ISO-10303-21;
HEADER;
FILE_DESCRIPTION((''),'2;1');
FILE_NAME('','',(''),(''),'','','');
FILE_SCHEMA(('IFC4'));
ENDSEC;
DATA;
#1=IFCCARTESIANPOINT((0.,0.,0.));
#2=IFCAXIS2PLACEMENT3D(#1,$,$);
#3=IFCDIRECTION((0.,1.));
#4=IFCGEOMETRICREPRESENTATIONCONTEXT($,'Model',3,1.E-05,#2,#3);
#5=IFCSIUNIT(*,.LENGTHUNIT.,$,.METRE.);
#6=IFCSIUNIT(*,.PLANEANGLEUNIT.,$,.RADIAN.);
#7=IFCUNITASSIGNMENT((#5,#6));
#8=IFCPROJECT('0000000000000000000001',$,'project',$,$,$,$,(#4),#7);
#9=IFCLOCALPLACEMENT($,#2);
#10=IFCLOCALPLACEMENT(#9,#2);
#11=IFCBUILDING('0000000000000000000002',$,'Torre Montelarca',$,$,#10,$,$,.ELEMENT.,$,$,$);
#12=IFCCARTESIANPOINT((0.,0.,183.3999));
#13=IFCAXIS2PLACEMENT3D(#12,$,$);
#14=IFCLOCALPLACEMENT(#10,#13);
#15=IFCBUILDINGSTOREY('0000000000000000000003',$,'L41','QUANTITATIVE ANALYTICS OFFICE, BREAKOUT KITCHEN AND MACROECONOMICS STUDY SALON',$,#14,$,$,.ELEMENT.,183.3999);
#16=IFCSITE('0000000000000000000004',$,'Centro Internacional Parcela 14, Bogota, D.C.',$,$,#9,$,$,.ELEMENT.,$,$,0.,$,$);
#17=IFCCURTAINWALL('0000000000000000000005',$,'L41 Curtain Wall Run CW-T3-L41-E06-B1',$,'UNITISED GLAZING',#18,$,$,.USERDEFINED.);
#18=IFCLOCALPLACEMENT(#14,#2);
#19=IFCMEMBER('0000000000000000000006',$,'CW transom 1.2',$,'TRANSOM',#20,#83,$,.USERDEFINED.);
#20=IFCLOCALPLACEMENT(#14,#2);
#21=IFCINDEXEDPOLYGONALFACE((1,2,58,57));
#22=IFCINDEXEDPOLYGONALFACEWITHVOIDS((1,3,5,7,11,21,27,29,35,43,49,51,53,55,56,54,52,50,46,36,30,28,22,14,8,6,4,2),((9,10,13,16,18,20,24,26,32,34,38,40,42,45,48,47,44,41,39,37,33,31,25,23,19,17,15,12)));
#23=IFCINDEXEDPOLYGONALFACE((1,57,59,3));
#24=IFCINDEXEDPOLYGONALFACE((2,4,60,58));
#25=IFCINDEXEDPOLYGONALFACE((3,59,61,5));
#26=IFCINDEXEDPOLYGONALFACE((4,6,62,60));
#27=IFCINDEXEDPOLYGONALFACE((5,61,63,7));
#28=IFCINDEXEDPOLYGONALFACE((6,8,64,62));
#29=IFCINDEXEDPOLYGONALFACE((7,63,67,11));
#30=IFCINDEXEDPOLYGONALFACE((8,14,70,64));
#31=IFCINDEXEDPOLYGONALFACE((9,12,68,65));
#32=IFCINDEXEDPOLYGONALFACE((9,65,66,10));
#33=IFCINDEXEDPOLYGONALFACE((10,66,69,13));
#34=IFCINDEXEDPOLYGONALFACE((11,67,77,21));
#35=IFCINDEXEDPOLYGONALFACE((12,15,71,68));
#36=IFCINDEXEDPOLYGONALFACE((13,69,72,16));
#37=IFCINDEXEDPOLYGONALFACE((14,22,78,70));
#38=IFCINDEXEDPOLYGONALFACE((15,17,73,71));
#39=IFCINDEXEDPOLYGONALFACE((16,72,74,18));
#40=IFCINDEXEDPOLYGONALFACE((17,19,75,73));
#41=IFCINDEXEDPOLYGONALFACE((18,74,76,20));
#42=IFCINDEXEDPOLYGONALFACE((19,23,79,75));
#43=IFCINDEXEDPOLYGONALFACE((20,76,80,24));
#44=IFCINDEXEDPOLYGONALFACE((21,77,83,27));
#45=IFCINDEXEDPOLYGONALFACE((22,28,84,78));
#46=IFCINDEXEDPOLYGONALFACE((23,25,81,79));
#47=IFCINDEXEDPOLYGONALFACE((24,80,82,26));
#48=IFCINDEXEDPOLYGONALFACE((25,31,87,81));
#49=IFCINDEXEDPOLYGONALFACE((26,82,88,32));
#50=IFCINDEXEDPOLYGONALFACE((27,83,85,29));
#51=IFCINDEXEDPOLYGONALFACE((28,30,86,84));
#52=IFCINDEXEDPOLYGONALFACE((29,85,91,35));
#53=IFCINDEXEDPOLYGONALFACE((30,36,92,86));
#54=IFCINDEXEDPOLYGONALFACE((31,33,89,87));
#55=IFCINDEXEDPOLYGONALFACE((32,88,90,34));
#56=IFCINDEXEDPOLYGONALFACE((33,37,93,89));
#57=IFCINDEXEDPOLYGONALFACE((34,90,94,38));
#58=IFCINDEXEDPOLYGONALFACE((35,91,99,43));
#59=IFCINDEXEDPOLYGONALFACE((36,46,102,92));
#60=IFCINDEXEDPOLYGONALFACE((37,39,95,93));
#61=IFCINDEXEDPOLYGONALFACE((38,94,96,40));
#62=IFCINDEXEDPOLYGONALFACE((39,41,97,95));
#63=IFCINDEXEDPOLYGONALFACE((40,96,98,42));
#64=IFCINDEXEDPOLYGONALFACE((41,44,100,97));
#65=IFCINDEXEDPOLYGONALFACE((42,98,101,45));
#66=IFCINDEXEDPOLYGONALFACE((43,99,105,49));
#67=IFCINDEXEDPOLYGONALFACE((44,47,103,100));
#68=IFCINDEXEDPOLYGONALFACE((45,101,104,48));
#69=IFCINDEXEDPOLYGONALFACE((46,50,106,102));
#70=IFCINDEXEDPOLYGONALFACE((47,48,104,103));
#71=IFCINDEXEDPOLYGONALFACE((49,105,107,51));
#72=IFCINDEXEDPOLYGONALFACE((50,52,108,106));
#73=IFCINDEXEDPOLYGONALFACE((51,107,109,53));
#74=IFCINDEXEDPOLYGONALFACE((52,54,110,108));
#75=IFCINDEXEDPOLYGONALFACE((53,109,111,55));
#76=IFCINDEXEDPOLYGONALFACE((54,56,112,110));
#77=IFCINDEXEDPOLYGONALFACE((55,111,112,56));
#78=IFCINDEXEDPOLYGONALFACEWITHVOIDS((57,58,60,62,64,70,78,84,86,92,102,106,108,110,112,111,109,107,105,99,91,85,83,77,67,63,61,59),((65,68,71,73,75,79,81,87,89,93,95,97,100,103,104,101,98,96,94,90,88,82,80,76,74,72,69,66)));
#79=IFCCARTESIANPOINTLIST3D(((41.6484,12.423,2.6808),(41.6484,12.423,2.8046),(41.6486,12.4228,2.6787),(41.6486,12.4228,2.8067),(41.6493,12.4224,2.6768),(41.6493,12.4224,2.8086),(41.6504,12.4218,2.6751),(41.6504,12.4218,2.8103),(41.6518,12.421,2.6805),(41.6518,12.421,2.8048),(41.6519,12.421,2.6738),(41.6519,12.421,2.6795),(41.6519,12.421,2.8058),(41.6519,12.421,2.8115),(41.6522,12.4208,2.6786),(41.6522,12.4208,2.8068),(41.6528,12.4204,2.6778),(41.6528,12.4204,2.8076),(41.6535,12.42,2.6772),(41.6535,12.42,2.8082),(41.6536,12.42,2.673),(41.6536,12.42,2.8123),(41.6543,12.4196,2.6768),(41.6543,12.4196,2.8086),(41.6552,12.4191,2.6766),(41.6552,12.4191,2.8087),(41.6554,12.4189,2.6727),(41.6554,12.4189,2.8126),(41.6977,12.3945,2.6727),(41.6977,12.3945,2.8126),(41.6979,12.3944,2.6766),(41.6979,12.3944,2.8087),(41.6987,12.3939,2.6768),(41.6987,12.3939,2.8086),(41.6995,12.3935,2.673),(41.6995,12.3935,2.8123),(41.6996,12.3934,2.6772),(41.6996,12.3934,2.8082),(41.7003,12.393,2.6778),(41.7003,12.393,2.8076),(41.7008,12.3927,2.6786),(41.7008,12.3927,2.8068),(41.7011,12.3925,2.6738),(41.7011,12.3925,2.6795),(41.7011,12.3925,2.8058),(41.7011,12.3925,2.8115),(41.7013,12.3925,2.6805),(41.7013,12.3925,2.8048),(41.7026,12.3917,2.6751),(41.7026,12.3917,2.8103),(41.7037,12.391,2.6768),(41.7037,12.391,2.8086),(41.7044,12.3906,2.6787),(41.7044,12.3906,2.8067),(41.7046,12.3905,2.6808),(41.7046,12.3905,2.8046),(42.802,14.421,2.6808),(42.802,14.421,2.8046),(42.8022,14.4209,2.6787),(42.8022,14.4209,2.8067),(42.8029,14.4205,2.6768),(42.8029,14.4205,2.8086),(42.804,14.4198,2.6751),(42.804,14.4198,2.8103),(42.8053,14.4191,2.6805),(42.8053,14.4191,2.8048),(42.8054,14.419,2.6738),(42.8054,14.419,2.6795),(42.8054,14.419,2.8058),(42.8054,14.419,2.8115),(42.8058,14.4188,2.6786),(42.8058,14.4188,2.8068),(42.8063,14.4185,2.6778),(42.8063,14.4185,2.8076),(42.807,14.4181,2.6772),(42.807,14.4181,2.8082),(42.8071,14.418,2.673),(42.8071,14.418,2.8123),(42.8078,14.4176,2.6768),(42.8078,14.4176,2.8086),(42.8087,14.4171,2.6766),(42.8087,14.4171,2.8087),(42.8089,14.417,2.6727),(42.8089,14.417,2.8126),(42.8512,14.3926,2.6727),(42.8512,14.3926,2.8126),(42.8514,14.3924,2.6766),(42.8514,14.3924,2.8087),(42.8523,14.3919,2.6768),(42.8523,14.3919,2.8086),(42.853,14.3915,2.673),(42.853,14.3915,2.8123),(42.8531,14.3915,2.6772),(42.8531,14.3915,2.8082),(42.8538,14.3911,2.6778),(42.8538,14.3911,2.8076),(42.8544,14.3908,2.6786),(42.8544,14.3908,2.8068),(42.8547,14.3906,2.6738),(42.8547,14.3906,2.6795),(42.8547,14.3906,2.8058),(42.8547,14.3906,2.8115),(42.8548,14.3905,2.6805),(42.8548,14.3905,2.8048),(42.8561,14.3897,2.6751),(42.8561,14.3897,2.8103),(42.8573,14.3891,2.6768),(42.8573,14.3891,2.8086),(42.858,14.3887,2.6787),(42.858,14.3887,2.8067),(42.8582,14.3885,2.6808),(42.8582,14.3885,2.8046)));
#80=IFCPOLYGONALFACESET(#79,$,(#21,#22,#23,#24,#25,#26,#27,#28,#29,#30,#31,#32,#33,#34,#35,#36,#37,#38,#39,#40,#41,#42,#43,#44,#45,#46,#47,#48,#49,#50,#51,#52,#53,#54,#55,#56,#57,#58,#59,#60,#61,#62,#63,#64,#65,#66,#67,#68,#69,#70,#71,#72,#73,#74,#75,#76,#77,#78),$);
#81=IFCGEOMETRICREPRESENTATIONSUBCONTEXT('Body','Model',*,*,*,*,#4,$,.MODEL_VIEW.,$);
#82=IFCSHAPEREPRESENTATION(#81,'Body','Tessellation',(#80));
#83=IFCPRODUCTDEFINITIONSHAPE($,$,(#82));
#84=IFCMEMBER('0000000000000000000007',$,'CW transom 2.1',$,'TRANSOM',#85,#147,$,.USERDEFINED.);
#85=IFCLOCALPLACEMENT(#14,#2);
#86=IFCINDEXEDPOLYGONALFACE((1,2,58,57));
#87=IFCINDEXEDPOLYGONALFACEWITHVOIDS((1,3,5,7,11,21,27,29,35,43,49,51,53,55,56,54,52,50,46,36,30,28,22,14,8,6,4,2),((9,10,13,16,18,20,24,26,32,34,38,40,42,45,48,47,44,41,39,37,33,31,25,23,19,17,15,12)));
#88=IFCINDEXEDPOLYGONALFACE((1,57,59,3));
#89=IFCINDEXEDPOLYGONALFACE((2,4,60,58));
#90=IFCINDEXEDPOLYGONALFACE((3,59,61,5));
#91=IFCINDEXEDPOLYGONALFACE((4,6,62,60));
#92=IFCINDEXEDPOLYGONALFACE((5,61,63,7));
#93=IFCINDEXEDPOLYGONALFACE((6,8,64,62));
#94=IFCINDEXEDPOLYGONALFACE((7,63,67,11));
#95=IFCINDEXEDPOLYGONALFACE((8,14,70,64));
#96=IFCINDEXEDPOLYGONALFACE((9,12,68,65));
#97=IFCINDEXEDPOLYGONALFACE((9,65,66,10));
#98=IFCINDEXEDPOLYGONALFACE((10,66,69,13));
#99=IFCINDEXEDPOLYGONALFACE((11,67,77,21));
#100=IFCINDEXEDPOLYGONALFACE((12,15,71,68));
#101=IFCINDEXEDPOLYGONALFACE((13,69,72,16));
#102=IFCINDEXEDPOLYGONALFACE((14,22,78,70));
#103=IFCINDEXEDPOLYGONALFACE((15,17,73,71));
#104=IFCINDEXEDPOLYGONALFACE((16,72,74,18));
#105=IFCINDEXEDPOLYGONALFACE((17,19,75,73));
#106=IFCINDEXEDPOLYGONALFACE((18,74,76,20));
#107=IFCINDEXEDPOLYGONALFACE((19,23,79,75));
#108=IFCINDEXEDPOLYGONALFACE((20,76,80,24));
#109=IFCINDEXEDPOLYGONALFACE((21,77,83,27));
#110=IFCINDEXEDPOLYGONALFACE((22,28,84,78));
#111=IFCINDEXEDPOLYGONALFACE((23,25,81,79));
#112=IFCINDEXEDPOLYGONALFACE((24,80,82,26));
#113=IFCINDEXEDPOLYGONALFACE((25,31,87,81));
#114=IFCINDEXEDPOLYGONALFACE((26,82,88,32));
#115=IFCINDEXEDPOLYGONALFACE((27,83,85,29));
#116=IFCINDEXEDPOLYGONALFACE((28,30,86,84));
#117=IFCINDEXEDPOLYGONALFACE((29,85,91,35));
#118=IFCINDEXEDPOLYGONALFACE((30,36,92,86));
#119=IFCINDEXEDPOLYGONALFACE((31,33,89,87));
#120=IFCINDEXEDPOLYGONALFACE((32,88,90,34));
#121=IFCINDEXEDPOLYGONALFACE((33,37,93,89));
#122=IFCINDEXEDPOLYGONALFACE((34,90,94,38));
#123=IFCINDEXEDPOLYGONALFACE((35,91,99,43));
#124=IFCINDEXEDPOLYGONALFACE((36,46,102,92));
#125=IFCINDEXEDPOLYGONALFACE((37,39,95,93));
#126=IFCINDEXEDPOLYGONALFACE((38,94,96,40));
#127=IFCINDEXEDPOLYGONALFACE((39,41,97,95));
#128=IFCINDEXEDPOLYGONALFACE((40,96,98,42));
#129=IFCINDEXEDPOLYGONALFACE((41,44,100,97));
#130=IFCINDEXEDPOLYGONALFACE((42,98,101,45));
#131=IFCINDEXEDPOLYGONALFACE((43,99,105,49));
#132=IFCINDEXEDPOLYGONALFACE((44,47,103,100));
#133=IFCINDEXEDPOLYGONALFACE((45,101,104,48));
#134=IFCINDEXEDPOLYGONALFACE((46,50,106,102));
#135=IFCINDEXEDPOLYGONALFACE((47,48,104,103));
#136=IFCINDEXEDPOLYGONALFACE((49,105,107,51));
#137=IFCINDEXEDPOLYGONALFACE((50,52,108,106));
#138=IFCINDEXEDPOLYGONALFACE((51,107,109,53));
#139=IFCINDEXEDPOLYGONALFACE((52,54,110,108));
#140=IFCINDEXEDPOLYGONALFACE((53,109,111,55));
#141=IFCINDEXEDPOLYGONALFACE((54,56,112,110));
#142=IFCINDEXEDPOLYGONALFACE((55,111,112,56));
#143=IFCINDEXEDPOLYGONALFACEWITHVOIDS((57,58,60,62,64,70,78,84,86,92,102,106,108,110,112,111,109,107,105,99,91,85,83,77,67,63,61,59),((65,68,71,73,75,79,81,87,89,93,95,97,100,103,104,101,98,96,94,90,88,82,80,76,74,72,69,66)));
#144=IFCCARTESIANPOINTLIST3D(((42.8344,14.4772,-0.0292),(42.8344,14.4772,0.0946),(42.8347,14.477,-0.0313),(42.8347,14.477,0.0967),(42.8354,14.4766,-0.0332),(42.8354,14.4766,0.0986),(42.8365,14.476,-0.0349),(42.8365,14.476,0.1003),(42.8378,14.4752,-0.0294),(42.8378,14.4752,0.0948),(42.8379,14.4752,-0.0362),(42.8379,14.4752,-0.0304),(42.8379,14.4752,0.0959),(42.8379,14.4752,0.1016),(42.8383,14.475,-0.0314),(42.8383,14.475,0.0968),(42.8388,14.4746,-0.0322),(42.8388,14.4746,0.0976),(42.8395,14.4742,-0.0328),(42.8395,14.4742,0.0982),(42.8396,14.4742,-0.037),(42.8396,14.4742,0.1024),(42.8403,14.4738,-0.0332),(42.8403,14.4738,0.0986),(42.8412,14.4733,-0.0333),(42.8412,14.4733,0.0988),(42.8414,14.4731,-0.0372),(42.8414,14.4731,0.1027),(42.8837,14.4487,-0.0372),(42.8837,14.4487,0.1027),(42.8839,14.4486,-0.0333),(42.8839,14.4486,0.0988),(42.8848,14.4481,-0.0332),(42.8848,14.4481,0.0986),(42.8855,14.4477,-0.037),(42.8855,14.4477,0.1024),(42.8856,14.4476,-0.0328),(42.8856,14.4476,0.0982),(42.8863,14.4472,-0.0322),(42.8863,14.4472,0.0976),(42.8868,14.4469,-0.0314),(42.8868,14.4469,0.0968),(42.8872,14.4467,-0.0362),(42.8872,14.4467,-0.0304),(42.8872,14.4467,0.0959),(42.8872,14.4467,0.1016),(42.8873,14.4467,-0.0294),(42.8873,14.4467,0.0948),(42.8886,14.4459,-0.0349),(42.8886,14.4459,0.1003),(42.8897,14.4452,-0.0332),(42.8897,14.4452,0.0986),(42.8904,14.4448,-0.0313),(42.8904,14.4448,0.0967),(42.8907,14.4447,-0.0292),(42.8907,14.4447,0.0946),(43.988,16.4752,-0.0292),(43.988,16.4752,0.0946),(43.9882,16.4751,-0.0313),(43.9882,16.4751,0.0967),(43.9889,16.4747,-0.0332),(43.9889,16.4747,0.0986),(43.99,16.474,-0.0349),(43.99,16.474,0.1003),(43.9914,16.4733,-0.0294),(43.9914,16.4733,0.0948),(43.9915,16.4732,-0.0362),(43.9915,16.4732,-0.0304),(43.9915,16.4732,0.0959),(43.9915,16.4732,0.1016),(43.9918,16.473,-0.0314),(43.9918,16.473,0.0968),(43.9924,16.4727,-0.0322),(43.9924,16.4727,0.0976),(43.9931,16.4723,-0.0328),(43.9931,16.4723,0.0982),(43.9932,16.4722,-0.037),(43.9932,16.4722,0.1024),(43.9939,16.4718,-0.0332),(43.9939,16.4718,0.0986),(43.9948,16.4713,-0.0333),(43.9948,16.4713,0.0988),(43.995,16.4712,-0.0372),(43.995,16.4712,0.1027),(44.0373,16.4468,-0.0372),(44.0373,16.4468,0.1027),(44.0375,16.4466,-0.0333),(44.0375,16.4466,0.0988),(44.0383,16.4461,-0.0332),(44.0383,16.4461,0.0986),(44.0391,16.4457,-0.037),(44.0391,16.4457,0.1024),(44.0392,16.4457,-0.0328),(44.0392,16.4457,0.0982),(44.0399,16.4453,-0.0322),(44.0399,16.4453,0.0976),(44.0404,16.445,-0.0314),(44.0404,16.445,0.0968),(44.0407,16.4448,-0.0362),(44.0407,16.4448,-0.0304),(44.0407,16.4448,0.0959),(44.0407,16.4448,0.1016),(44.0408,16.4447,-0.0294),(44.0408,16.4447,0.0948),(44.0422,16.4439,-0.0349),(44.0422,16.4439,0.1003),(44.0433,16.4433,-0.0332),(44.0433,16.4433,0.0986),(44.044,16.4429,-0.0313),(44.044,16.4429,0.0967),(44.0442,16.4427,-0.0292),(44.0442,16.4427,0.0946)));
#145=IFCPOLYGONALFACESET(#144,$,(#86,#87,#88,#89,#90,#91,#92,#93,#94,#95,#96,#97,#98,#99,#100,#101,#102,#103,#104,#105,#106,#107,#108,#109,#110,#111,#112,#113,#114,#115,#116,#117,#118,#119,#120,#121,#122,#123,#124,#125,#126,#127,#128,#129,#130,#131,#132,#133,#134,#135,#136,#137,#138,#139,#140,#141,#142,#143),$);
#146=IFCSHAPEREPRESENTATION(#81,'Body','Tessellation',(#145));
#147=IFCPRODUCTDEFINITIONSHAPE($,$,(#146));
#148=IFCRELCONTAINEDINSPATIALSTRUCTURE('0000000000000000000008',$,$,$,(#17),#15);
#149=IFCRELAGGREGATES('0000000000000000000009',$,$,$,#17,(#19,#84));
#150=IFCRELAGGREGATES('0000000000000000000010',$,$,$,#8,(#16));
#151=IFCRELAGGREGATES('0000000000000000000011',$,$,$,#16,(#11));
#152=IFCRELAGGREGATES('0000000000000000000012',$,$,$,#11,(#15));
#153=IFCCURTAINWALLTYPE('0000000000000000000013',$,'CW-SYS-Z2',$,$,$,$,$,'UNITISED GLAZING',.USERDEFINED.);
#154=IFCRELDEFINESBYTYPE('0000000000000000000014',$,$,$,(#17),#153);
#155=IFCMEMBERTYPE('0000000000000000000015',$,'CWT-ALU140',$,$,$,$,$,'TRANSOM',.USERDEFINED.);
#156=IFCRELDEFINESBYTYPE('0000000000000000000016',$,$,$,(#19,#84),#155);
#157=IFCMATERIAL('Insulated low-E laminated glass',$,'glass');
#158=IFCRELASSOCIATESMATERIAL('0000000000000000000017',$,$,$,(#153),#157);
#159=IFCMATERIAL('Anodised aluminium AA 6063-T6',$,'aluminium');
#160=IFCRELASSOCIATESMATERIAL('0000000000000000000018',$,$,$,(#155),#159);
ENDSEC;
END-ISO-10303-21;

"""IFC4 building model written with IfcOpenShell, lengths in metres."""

from ifc_helpers import new_model, si_unit, direction, frame, origin, origin_2d, place, context, subcontext, project, spatial, hollow_rectangle, extrude, source, transform, mapped, material, material_profile, profile_set, type_object, element, aggregate, save


model = new_model("IFC4")

# Units and contexts
model_context = context("Model", 3, precision=1e-05, world=origin(), true_north=direction((0.0, 1.0)))
body_context = subcontext(model_context, "Body", "Model", "MODEL_VIEW")
ifc_project = project(units=[si_unit("LENGTHUNIT", "METRE"), si_unit("PLANEANGLEUNIT", "RADIAN")], contexts=[model_context])

# Site, building, storey
site_placement = place(None, origin())
site = spatial("IfcSite", under=ifc_project, at=site_placement, Name="Centro Internacional Parcela 14, Bogota, D.C.", CompositionType="ELEMENT", RefElevation=0.0)
building_placement = place(site_placement, origin())
building = spatial("IfcBuilding", under=site, at=building_placement, Name="Torre Montelarca", CompositionType="ELEMENT")
storey_placement = place(building_placement, frame((0.0, 0.0, 183.3999)))
storey = spatial("IfcBuildingStorey", under=building, at=storey_placement, Name="L41", Description="QUANTITATIVE ANALYTICS OFFICE, BREAKOUT KITCHEN AND MACROECONOMICS STUDY SALON", CompositionType="ELEMENT", Elevation=183.3999)

# Curtain wall
ifc_material_1 = material(Name="Insulated low-E laminated glass", Category="glass")
curtain_wall_type = type_object("IfcCurtainWallType", Name="CW-SYS-Z2", ElementType="UNITISED GLAZING", PredefinedType="USERDEFINED", material=ifc_material_1)
curtain_wall_1_placement = place(storey_placement, origin())
curtain_wall_1 = element("IfcCurtainWall", 1, at=curtain_wall_1_placement, inside=storey, type_object=curtain_wall_type, Name="L41 Curtain Wall Run CW-T3-L41-E06-B1", ObjectType="UNITISED GLAZING", PredefinedType="USERDEFINED")
ifc_material_2 = material(Name="Anodised aluminium AA 6063-T6", Category="aluminium")

# Members
ifc_material_profile_1 = material_profile(ifc_material_2, hollow_rectangle(XDim=0.0649, YDim=0.1399, WallThickness=0.0039, InnerFilletRadius=0.0039, OuterFilletRadius=0.0081, at=origin_2d()), Name="ALU65X140X4", Category="aluminium")
ifc_profile_set_1 = profile_set([ifc_material_profile_1], Name="Anodised aluminium AA 6063-T6")
member_type_1 = type_object("IfcMemberType", Name="CWT-ALU140", ElementType="TRANSOM", PredefinedType="USERDEFINED", material=ifc_profile_set_1)
shared_shape_1 = source(origin(), body_context, "Body", "SweptSolid", [
    extrude(hollow_rectangle(XDim=0.0649, YDim=0.1399, WallThickness=0.0039, InnerFilletRadius=0.0039, OuterFilletRadius=0.0081, at=origin_2d()), origin(), (0.0, 0.0, 1.0), 2.3071),
])
member_1_placement = place(storey_placement, frame((41.6765, 12.4067, 2.7427), z_axis=(0.499997, 0.866027, 0.0), x_axis=(-0.866027, 0.499997, 0.0)))
member_1 = element("IfcMember", 2, at=member_1_placement, type_object=member_type_1, Name="CW transom 1.2", ObjectType="TRANSOM", PredefinedType="USERDEFINED", context=body_context, shape_type="MappedRepresentation", body=[
    mapped(shared_shape_1, transform((0.0, 0.0, 0.0), scale=1.0)),
])
member_2_placement = place(storey_placement, frame((42.8625, 14.4609, 0.0327), z_axis=(0.499997, 0.866027, 0.0), x_axis=(-0.866027, 0.499997, 0.0)))
member_2 = element("IfcMember", 3, at=member_2_placement, type_object=member_type_1, Name="CW transom 2.1", ObjectType="TRANSOM", PredefinedType="USERDEFINED", context=body_context, shape_type="MappedRepresentation", body=[
    mapped(shared_shape_1, transform((0.0, 0.0, 0.0), scale=1.0)),
])

aggregate(curtain_wall_1, [member_1, member_2])

save(model, "model.ifc")
